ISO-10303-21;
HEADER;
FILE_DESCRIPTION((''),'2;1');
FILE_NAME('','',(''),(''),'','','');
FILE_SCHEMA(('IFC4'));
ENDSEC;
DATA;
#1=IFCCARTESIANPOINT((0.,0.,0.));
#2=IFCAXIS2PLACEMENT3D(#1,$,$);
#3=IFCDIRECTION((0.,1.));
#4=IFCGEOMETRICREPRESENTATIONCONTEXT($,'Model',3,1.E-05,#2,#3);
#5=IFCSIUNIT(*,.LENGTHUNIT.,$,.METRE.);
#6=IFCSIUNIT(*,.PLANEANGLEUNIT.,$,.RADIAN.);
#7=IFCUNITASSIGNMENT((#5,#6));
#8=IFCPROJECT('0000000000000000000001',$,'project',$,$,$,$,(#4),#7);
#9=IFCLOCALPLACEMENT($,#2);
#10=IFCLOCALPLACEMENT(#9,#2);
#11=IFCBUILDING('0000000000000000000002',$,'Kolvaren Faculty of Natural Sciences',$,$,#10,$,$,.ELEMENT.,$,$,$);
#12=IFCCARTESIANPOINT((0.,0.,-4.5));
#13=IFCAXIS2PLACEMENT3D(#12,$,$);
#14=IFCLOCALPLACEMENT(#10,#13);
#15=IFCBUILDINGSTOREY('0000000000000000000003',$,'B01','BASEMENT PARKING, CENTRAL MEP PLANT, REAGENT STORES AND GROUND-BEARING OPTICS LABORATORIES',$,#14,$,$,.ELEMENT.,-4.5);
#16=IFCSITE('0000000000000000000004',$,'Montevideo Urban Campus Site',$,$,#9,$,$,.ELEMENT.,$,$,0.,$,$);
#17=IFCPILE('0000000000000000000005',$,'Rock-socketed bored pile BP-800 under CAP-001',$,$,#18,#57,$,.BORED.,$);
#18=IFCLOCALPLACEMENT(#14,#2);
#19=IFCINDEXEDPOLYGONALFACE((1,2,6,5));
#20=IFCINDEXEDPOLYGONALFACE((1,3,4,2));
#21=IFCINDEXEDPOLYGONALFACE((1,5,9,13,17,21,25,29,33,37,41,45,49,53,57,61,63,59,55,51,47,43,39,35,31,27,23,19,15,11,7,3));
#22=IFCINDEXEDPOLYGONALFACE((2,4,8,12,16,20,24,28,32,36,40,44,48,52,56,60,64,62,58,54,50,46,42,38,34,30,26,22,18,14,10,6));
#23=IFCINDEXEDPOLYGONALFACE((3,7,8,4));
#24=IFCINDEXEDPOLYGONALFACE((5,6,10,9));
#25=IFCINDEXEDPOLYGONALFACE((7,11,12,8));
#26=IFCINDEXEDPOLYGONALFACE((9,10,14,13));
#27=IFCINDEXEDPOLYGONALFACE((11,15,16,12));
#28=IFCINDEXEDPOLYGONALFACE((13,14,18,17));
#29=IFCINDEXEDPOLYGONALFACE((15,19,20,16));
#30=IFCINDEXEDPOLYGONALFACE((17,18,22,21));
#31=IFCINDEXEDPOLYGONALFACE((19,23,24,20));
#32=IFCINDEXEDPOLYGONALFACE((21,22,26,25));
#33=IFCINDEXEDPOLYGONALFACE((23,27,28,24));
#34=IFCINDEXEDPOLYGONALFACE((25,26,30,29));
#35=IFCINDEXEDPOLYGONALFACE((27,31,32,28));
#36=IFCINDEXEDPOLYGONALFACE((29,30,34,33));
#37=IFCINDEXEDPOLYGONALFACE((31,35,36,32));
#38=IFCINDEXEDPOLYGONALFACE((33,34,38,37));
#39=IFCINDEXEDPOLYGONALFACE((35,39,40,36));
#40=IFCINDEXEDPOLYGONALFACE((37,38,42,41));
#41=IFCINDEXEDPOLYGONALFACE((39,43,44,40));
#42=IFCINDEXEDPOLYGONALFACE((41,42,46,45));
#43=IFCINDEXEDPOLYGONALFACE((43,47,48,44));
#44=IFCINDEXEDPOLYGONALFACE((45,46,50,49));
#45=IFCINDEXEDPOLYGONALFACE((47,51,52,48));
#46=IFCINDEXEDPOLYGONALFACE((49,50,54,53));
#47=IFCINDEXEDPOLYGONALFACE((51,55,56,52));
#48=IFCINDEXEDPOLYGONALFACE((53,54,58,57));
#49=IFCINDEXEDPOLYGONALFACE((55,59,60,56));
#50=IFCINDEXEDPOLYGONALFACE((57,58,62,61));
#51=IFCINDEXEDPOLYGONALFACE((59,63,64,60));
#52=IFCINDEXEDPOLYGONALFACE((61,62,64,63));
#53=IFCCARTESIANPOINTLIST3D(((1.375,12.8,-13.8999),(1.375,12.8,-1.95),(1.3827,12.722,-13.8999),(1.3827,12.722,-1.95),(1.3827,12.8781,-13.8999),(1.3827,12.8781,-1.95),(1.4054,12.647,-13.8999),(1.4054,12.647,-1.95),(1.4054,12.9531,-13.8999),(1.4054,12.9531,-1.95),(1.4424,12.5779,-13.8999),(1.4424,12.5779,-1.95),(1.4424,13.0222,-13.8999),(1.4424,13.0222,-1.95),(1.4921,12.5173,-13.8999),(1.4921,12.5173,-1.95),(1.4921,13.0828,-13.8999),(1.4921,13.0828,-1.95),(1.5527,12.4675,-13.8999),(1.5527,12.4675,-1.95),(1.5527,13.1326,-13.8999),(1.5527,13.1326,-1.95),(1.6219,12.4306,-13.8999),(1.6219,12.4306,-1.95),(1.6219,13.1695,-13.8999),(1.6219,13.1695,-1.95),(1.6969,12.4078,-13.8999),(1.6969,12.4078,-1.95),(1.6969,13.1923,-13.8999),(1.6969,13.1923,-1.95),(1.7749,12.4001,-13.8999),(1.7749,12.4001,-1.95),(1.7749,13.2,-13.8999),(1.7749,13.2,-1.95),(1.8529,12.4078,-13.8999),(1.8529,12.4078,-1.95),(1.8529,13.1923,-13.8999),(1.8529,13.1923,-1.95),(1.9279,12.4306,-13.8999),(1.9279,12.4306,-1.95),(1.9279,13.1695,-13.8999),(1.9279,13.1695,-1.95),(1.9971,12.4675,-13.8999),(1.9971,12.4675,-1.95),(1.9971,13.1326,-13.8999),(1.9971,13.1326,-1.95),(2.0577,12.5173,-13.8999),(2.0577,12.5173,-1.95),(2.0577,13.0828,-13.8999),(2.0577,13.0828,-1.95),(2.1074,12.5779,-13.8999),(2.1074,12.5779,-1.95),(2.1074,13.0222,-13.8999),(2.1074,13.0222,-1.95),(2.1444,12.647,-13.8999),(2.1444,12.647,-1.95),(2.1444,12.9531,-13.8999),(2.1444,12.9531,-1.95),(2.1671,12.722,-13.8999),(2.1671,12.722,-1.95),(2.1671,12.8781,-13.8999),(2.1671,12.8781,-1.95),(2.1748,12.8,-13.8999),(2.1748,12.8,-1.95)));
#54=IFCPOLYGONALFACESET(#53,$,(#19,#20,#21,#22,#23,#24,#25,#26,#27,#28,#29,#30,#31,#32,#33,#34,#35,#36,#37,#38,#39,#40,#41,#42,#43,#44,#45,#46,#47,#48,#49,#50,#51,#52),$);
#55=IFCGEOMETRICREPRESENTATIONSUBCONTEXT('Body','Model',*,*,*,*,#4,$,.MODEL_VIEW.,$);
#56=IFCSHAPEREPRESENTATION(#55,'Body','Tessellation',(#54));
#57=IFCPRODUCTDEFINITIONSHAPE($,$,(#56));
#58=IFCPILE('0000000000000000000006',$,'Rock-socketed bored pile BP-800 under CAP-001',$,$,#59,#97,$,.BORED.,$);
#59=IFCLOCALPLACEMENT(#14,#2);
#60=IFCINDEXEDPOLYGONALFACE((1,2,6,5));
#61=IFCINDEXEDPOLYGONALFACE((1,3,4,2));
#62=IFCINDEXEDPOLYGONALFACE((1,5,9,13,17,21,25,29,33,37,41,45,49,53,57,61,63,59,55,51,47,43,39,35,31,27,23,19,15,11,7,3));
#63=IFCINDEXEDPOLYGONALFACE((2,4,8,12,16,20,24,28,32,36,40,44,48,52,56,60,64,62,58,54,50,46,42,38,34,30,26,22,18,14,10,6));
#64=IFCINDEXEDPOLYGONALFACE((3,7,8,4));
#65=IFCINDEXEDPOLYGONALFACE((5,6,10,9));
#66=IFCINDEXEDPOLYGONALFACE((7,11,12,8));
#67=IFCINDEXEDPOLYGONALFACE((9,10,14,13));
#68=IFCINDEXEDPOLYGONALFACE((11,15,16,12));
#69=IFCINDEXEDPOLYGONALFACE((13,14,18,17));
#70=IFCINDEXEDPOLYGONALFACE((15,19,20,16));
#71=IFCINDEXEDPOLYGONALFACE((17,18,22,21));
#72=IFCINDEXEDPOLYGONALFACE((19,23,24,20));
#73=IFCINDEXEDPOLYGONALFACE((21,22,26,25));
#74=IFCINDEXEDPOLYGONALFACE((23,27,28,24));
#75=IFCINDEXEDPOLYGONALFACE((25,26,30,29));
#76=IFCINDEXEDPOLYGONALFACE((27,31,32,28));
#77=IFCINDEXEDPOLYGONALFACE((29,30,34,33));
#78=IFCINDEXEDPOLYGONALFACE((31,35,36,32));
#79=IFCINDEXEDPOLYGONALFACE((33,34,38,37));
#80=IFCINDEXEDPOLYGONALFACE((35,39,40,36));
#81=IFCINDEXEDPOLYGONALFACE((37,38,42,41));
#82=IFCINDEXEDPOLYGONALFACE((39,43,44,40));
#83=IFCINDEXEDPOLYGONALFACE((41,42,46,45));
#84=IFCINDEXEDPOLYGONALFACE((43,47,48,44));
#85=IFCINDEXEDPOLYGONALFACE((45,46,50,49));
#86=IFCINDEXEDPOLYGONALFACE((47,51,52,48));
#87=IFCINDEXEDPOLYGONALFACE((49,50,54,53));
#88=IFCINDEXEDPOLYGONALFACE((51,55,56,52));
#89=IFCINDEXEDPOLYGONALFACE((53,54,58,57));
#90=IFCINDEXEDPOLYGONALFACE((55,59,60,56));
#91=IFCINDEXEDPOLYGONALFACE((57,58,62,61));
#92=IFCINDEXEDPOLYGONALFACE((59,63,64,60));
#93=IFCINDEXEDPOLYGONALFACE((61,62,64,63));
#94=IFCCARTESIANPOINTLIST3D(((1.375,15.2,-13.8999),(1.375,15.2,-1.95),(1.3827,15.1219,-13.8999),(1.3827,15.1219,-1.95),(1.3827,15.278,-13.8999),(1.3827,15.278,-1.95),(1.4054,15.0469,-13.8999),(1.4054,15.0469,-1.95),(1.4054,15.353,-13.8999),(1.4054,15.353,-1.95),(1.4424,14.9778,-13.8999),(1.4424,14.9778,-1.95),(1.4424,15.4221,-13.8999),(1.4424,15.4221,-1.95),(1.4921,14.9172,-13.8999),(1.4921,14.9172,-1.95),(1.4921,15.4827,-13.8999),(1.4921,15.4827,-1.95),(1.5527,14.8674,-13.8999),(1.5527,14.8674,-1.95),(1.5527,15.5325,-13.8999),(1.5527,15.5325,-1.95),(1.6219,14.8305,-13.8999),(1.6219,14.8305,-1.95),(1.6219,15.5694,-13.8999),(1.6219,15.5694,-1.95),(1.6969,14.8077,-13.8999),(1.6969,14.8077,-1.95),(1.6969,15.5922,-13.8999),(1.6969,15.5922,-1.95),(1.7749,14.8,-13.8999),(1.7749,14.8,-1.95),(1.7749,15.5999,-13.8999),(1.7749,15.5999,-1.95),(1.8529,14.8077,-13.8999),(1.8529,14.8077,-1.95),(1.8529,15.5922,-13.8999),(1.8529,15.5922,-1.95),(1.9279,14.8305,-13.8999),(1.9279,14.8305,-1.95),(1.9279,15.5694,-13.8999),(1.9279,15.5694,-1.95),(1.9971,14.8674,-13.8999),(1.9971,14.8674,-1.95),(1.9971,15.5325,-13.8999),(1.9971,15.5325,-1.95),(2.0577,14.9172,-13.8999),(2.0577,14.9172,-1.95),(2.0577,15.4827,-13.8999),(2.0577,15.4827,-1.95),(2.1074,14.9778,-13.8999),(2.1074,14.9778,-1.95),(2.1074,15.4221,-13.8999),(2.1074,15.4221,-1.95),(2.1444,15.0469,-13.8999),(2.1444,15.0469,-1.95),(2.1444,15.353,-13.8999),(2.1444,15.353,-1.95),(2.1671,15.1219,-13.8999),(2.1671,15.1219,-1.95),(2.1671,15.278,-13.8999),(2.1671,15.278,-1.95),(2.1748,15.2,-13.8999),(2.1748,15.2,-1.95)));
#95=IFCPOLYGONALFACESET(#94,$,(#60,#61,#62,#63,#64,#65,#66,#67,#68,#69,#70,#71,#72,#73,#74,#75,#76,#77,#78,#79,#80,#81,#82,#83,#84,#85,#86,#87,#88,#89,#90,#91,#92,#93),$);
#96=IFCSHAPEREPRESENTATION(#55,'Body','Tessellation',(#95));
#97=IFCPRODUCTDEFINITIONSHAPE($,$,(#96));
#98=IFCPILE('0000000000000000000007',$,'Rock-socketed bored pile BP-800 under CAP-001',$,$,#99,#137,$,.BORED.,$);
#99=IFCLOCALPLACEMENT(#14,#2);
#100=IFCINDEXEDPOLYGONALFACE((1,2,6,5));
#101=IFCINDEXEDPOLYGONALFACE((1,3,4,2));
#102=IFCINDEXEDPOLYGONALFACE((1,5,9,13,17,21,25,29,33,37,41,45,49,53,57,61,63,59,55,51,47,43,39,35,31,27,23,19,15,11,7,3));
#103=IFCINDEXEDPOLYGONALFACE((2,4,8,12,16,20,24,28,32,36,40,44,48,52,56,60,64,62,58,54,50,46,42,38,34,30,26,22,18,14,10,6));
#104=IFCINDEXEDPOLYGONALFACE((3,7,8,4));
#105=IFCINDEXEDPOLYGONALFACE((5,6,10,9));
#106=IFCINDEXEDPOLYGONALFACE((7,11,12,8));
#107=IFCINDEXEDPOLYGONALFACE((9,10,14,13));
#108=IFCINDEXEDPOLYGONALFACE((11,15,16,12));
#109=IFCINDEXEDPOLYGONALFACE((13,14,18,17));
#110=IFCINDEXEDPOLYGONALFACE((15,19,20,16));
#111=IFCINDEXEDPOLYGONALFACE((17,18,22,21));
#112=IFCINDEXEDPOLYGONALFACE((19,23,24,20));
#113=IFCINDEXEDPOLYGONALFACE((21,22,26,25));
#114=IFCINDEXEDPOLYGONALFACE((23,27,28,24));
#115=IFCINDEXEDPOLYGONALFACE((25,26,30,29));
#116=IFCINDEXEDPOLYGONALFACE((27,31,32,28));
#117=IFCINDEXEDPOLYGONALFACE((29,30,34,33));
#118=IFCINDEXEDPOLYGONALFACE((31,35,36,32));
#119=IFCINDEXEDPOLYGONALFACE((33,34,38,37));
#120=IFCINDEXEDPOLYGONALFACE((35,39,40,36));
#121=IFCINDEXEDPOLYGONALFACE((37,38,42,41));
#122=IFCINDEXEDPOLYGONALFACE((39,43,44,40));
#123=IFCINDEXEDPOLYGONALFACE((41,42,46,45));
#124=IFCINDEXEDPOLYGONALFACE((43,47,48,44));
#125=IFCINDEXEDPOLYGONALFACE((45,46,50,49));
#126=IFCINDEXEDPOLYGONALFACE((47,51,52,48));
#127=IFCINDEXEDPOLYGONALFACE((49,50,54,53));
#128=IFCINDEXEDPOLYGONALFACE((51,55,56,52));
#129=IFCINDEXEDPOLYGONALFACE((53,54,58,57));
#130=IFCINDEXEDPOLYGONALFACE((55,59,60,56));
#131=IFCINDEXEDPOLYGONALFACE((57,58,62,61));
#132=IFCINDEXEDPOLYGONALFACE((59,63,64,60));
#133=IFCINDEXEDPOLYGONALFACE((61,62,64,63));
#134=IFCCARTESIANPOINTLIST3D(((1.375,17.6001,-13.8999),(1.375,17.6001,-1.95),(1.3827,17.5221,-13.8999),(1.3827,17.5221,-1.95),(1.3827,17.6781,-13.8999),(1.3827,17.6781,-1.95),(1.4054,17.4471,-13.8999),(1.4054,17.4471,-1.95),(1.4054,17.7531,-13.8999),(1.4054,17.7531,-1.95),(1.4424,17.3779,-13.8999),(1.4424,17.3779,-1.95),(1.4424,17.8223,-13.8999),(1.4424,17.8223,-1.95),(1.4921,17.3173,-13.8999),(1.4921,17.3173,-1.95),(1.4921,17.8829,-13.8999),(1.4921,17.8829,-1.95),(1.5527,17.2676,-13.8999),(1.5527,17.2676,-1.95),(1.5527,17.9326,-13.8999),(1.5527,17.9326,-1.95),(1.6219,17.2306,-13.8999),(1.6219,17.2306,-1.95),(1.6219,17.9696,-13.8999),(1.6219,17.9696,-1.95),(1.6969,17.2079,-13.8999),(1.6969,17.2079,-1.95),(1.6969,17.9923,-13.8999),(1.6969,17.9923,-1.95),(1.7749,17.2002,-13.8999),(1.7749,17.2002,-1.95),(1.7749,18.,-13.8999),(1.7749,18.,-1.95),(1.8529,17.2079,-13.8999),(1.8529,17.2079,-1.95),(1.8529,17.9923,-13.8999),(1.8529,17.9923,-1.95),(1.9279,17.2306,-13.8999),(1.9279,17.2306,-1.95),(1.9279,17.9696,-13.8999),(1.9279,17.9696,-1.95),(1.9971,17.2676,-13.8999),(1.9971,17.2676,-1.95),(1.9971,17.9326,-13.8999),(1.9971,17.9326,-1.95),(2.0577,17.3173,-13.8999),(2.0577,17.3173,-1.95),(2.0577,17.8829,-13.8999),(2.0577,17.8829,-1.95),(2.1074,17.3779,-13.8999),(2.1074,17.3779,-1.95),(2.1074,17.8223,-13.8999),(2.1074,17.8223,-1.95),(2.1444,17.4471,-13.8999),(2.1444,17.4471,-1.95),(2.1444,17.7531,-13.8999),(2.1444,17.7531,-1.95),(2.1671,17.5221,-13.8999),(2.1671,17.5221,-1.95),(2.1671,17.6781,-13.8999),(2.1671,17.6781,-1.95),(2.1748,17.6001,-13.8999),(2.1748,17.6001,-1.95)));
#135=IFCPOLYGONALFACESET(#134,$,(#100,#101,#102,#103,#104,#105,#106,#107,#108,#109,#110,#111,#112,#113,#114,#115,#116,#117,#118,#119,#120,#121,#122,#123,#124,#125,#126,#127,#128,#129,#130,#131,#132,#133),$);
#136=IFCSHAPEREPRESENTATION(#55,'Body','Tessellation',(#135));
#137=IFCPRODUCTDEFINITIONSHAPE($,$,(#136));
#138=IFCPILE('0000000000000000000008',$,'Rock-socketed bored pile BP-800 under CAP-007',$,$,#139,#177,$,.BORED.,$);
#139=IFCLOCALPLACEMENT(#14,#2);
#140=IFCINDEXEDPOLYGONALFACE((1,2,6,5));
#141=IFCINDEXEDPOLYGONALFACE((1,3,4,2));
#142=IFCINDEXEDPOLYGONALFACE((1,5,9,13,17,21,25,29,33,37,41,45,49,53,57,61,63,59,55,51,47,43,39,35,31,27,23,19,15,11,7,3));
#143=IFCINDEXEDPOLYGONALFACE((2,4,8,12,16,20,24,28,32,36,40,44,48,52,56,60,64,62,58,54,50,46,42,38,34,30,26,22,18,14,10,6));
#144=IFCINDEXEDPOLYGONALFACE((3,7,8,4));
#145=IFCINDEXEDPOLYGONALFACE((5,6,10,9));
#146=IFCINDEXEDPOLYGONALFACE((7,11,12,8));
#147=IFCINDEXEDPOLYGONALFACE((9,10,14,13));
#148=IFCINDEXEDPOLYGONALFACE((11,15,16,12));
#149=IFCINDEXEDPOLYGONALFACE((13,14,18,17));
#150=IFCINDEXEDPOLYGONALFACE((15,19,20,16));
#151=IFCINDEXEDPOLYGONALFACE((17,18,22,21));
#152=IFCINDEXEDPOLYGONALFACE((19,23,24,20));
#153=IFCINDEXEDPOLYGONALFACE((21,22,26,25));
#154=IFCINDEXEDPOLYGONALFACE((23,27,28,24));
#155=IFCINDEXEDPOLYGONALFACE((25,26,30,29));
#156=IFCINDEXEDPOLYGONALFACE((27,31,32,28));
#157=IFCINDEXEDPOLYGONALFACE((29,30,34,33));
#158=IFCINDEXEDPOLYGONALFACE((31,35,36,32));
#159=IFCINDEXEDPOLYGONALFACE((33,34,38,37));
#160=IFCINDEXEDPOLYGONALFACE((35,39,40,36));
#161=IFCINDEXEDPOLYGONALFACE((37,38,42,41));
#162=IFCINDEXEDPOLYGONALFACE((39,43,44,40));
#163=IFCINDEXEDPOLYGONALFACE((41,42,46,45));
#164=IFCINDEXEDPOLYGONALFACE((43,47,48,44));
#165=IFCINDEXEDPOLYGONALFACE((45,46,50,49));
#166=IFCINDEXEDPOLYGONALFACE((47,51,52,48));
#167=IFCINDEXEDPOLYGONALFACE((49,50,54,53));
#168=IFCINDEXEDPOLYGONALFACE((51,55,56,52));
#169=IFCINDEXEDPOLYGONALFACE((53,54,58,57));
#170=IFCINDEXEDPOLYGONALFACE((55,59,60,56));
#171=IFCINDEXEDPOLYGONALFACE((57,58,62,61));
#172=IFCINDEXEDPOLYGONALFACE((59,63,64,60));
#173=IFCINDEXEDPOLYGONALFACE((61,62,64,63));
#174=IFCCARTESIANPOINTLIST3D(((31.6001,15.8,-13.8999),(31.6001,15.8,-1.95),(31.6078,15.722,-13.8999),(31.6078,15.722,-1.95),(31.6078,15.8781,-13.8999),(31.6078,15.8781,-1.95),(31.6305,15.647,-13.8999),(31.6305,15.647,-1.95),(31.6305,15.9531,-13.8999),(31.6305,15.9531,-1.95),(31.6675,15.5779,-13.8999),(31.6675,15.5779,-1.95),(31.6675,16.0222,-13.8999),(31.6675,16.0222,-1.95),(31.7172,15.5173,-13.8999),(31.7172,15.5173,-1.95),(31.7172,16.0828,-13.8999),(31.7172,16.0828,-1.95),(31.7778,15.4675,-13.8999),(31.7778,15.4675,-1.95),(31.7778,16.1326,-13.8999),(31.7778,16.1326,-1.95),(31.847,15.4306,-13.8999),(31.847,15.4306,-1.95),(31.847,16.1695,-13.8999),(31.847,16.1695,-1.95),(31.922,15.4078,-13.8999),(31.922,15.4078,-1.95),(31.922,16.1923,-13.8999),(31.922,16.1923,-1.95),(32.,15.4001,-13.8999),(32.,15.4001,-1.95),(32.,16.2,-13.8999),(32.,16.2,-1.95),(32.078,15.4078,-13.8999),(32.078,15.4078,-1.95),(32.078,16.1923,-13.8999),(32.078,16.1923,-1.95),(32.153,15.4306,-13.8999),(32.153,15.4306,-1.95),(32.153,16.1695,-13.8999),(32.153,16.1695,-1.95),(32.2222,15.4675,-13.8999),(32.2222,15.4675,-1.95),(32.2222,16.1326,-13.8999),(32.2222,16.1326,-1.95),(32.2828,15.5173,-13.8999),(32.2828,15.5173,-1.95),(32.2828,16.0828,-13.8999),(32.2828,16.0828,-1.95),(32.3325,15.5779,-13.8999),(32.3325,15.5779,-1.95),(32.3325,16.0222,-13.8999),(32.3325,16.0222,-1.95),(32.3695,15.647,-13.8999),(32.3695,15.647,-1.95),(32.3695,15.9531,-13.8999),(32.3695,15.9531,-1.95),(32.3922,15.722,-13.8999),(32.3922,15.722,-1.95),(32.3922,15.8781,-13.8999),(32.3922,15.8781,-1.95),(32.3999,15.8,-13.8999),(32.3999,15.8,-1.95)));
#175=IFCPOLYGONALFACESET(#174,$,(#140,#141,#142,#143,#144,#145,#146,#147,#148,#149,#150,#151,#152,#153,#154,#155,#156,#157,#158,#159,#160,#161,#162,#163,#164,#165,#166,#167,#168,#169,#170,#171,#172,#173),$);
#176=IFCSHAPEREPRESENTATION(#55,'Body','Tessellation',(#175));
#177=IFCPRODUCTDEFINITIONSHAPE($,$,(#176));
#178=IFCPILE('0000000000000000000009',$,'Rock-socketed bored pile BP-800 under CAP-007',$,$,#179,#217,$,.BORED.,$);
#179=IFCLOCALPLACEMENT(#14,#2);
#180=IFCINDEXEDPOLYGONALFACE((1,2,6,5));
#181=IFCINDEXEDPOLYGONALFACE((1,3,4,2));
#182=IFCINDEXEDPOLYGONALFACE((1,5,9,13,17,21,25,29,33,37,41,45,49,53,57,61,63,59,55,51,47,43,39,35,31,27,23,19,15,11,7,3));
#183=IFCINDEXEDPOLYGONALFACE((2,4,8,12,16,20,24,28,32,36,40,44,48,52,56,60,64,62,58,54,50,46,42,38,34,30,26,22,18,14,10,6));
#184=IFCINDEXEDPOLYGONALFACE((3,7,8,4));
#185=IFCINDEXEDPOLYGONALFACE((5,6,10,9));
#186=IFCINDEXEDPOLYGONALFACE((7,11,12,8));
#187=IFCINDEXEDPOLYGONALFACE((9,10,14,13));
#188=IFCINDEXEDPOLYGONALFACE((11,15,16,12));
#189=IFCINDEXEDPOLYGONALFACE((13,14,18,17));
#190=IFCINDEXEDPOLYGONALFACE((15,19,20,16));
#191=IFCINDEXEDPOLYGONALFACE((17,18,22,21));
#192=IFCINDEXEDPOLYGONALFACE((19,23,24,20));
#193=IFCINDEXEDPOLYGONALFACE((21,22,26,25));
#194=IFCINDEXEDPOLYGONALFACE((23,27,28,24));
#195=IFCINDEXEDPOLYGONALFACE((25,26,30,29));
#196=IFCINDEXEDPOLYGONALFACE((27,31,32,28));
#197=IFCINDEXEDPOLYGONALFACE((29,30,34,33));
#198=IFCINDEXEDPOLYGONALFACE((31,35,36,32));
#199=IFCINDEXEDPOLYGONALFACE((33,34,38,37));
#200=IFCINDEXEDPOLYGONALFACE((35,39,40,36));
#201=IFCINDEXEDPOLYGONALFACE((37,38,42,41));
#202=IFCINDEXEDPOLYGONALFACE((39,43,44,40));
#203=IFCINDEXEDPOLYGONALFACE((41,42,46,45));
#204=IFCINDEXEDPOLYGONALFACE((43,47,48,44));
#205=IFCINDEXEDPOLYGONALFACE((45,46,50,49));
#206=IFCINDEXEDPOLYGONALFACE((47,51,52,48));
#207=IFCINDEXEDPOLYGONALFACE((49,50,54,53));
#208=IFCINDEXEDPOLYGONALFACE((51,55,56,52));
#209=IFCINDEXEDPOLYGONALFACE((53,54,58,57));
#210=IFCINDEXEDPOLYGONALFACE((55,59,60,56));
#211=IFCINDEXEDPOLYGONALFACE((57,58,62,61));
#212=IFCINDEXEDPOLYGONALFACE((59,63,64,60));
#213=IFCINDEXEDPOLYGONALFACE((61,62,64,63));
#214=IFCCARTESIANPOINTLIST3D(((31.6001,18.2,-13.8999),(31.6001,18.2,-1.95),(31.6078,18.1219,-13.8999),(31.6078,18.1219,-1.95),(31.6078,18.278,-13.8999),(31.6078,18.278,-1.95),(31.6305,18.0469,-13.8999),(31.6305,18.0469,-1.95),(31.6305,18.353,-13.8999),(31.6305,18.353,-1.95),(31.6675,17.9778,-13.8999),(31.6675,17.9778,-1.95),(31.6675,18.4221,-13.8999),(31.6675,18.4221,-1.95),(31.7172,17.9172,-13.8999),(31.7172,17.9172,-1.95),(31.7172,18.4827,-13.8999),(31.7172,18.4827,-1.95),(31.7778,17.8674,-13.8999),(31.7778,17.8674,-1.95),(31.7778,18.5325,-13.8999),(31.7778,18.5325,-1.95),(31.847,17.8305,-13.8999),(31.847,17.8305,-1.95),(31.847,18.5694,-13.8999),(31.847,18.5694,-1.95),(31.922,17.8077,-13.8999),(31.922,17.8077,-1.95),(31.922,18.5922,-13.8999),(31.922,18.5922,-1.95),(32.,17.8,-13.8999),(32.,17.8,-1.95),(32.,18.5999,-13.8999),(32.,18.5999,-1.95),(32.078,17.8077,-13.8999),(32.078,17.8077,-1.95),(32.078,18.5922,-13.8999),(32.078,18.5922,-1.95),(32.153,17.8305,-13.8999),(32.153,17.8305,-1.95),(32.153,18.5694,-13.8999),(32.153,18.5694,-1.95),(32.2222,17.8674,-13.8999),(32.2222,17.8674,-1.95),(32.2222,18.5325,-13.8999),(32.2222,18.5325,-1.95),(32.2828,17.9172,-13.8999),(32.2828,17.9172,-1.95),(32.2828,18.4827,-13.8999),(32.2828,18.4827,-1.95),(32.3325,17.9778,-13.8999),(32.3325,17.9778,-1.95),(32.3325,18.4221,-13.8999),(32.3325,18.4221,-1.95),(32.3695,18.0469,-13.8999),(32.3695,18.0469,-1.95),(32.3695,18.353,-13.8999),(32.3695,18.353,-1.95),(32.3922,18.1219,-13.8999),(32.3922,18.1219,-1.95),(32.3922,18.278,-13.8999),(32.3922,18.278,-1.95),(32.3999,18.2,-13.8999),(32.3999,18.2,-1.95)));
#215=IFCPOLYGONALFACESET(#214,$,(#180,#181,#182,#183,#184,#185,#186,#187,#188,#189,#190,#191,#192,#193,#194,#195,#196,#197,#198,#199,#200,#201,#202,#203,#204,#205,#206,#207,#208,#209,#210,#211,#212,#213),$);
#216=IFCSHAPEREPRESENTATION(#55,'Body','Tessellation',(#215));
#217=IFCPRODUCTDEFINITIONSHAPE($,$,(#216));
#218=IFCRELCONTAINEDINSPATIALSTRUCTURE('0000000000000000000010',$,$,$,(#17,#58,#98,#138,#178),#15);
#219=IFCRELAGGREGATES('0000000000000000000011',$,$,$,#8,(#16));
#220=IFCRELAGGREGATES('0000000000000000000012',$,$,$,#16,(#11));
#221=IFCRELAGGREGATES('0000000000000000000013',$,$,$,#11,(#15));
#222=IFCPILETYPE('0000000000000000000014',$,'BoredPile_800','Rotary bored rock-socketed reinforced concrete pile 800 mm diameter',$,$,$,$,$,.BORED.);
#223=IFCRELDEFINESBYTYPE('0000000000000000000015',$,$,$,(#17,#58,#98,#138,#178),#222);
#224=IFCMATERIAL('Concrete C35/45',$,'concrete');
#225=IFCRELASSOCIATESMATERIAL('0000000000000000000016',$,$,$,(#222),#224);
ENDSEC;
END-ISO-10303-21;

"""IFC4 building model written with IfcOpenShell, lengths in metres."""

from ifc_helpers import new_model, si_unit, direction, frame, origin, origin_2d, place, context, subcontext, project, spatial, circle, extrude, material, material_profile, profile_set, type_object, element, save


model = new_model("IFC4")

# Units and contexts
model_context = context("Model", 3, precision=1e-05, world=origin(), true_north=direction((0.0, 1.0)))
body_context = subcontext(model_context, "Body", "Model", "MODEL_VIEW")
ifc_project = project(units=[si_unit("LENGTHUNIT", "METRE"), si_unit("PLANEANGLEUNIT", "RADIAN")], contexts=[model_context])

# Site, building, storey
site_placement = place(None, origin())
site = spatial("IfcSite", under=ifc_project, at=site_placement, Name="Montevideo Urban Campus Site", CompositionType="ELEMENT", RefElevation=0.0)
building_placement = place(site_placement, origin())
building = spatial("IfcBuilding", under=site, at=building_placement, Name="Kolvaren Faculty of Natural Sciences", CompositionType="ELEMENT")
storey_placement = place(building_placement, frame((0.0, 0.0, -4.5)))
storey = spatial("IfcBuildingStorey", under=building, at=storey_placement, Name="B01", Description="BASEMENT PARKING, CENTRAL MEP PLANT, REAGENT STORES AND GROUND-BEARING OPTICS LABORATORIES", CompositionType="ELEMENT", Elevation=-4.5)

# Piles
ifc_material_1 = material(Name="Concrete C35/45", Category="concrete")
ifc_material_profile_1 = material_profile(ifc_material_1, circle(Radius=0.3999, at=origin_2d()), Name="PILE D800")
ifc_profile_set_1 = profile_set([ifc_material_profile_1], Name="Concrete C35/45")
pile_type_1 = type_object("IfcPileType", Name="BoredPile_800", Description="Rotary bored rock-socketed reinforced concrete pile 800 mm diameter", PredefinedType="BORED", material=ifc_profile_set_1)
for number, where, z_axis, x_axis, name in (
    (1, (1.7749, 12.8, -1.95), (0.0, 0.0, -1.0), (1.0, 0.0, 0.0), "Rock-socketed bored pile BP-800 under CAP-001"),
    (2, (1.7749, 15.2, -1.95), (0.0, 0.0, -1.0), (1.0, 0.0, 0.0), "Rock-socketed bored pile BP-800 under CAP-001"),
    (3, (1.7749, 17.6001, -1.95), (0.0, 0.0, -1.0), (1.0, 0.0, 0.0), "Rock-socketed bored pile BP-800 under CAP-001"),
    (4, (32.0, 15.8, -1.95), (0.0, 0.0, -1.0), (1.0, 0.0, 0.0), "Rock-socketed bored pile BP-800 under CAP-007"),
    (5, (32.0, 18.2, -1.95), (0.0, 0.0, -1.0), (1.0, 0.0, 0.0), "Rock-socketed bored pile BP-800 under CAP-007"),
):
    element("IfcPile", number, at=place(storey_placement, frame(where, z_axis=z_axis, x_axis=x_axis)), inside=storey, type_object=pile_type_1, Name=name, PredefinedType="BORED", context=body_context, shape_type="SweptSolid", body=[
        extrude(circle(Radius=0.3999, at=origin_2d()), origin(), (0.0, 0.0, 1.0), 11.95),
    ])

save(model, "model.ifc")
